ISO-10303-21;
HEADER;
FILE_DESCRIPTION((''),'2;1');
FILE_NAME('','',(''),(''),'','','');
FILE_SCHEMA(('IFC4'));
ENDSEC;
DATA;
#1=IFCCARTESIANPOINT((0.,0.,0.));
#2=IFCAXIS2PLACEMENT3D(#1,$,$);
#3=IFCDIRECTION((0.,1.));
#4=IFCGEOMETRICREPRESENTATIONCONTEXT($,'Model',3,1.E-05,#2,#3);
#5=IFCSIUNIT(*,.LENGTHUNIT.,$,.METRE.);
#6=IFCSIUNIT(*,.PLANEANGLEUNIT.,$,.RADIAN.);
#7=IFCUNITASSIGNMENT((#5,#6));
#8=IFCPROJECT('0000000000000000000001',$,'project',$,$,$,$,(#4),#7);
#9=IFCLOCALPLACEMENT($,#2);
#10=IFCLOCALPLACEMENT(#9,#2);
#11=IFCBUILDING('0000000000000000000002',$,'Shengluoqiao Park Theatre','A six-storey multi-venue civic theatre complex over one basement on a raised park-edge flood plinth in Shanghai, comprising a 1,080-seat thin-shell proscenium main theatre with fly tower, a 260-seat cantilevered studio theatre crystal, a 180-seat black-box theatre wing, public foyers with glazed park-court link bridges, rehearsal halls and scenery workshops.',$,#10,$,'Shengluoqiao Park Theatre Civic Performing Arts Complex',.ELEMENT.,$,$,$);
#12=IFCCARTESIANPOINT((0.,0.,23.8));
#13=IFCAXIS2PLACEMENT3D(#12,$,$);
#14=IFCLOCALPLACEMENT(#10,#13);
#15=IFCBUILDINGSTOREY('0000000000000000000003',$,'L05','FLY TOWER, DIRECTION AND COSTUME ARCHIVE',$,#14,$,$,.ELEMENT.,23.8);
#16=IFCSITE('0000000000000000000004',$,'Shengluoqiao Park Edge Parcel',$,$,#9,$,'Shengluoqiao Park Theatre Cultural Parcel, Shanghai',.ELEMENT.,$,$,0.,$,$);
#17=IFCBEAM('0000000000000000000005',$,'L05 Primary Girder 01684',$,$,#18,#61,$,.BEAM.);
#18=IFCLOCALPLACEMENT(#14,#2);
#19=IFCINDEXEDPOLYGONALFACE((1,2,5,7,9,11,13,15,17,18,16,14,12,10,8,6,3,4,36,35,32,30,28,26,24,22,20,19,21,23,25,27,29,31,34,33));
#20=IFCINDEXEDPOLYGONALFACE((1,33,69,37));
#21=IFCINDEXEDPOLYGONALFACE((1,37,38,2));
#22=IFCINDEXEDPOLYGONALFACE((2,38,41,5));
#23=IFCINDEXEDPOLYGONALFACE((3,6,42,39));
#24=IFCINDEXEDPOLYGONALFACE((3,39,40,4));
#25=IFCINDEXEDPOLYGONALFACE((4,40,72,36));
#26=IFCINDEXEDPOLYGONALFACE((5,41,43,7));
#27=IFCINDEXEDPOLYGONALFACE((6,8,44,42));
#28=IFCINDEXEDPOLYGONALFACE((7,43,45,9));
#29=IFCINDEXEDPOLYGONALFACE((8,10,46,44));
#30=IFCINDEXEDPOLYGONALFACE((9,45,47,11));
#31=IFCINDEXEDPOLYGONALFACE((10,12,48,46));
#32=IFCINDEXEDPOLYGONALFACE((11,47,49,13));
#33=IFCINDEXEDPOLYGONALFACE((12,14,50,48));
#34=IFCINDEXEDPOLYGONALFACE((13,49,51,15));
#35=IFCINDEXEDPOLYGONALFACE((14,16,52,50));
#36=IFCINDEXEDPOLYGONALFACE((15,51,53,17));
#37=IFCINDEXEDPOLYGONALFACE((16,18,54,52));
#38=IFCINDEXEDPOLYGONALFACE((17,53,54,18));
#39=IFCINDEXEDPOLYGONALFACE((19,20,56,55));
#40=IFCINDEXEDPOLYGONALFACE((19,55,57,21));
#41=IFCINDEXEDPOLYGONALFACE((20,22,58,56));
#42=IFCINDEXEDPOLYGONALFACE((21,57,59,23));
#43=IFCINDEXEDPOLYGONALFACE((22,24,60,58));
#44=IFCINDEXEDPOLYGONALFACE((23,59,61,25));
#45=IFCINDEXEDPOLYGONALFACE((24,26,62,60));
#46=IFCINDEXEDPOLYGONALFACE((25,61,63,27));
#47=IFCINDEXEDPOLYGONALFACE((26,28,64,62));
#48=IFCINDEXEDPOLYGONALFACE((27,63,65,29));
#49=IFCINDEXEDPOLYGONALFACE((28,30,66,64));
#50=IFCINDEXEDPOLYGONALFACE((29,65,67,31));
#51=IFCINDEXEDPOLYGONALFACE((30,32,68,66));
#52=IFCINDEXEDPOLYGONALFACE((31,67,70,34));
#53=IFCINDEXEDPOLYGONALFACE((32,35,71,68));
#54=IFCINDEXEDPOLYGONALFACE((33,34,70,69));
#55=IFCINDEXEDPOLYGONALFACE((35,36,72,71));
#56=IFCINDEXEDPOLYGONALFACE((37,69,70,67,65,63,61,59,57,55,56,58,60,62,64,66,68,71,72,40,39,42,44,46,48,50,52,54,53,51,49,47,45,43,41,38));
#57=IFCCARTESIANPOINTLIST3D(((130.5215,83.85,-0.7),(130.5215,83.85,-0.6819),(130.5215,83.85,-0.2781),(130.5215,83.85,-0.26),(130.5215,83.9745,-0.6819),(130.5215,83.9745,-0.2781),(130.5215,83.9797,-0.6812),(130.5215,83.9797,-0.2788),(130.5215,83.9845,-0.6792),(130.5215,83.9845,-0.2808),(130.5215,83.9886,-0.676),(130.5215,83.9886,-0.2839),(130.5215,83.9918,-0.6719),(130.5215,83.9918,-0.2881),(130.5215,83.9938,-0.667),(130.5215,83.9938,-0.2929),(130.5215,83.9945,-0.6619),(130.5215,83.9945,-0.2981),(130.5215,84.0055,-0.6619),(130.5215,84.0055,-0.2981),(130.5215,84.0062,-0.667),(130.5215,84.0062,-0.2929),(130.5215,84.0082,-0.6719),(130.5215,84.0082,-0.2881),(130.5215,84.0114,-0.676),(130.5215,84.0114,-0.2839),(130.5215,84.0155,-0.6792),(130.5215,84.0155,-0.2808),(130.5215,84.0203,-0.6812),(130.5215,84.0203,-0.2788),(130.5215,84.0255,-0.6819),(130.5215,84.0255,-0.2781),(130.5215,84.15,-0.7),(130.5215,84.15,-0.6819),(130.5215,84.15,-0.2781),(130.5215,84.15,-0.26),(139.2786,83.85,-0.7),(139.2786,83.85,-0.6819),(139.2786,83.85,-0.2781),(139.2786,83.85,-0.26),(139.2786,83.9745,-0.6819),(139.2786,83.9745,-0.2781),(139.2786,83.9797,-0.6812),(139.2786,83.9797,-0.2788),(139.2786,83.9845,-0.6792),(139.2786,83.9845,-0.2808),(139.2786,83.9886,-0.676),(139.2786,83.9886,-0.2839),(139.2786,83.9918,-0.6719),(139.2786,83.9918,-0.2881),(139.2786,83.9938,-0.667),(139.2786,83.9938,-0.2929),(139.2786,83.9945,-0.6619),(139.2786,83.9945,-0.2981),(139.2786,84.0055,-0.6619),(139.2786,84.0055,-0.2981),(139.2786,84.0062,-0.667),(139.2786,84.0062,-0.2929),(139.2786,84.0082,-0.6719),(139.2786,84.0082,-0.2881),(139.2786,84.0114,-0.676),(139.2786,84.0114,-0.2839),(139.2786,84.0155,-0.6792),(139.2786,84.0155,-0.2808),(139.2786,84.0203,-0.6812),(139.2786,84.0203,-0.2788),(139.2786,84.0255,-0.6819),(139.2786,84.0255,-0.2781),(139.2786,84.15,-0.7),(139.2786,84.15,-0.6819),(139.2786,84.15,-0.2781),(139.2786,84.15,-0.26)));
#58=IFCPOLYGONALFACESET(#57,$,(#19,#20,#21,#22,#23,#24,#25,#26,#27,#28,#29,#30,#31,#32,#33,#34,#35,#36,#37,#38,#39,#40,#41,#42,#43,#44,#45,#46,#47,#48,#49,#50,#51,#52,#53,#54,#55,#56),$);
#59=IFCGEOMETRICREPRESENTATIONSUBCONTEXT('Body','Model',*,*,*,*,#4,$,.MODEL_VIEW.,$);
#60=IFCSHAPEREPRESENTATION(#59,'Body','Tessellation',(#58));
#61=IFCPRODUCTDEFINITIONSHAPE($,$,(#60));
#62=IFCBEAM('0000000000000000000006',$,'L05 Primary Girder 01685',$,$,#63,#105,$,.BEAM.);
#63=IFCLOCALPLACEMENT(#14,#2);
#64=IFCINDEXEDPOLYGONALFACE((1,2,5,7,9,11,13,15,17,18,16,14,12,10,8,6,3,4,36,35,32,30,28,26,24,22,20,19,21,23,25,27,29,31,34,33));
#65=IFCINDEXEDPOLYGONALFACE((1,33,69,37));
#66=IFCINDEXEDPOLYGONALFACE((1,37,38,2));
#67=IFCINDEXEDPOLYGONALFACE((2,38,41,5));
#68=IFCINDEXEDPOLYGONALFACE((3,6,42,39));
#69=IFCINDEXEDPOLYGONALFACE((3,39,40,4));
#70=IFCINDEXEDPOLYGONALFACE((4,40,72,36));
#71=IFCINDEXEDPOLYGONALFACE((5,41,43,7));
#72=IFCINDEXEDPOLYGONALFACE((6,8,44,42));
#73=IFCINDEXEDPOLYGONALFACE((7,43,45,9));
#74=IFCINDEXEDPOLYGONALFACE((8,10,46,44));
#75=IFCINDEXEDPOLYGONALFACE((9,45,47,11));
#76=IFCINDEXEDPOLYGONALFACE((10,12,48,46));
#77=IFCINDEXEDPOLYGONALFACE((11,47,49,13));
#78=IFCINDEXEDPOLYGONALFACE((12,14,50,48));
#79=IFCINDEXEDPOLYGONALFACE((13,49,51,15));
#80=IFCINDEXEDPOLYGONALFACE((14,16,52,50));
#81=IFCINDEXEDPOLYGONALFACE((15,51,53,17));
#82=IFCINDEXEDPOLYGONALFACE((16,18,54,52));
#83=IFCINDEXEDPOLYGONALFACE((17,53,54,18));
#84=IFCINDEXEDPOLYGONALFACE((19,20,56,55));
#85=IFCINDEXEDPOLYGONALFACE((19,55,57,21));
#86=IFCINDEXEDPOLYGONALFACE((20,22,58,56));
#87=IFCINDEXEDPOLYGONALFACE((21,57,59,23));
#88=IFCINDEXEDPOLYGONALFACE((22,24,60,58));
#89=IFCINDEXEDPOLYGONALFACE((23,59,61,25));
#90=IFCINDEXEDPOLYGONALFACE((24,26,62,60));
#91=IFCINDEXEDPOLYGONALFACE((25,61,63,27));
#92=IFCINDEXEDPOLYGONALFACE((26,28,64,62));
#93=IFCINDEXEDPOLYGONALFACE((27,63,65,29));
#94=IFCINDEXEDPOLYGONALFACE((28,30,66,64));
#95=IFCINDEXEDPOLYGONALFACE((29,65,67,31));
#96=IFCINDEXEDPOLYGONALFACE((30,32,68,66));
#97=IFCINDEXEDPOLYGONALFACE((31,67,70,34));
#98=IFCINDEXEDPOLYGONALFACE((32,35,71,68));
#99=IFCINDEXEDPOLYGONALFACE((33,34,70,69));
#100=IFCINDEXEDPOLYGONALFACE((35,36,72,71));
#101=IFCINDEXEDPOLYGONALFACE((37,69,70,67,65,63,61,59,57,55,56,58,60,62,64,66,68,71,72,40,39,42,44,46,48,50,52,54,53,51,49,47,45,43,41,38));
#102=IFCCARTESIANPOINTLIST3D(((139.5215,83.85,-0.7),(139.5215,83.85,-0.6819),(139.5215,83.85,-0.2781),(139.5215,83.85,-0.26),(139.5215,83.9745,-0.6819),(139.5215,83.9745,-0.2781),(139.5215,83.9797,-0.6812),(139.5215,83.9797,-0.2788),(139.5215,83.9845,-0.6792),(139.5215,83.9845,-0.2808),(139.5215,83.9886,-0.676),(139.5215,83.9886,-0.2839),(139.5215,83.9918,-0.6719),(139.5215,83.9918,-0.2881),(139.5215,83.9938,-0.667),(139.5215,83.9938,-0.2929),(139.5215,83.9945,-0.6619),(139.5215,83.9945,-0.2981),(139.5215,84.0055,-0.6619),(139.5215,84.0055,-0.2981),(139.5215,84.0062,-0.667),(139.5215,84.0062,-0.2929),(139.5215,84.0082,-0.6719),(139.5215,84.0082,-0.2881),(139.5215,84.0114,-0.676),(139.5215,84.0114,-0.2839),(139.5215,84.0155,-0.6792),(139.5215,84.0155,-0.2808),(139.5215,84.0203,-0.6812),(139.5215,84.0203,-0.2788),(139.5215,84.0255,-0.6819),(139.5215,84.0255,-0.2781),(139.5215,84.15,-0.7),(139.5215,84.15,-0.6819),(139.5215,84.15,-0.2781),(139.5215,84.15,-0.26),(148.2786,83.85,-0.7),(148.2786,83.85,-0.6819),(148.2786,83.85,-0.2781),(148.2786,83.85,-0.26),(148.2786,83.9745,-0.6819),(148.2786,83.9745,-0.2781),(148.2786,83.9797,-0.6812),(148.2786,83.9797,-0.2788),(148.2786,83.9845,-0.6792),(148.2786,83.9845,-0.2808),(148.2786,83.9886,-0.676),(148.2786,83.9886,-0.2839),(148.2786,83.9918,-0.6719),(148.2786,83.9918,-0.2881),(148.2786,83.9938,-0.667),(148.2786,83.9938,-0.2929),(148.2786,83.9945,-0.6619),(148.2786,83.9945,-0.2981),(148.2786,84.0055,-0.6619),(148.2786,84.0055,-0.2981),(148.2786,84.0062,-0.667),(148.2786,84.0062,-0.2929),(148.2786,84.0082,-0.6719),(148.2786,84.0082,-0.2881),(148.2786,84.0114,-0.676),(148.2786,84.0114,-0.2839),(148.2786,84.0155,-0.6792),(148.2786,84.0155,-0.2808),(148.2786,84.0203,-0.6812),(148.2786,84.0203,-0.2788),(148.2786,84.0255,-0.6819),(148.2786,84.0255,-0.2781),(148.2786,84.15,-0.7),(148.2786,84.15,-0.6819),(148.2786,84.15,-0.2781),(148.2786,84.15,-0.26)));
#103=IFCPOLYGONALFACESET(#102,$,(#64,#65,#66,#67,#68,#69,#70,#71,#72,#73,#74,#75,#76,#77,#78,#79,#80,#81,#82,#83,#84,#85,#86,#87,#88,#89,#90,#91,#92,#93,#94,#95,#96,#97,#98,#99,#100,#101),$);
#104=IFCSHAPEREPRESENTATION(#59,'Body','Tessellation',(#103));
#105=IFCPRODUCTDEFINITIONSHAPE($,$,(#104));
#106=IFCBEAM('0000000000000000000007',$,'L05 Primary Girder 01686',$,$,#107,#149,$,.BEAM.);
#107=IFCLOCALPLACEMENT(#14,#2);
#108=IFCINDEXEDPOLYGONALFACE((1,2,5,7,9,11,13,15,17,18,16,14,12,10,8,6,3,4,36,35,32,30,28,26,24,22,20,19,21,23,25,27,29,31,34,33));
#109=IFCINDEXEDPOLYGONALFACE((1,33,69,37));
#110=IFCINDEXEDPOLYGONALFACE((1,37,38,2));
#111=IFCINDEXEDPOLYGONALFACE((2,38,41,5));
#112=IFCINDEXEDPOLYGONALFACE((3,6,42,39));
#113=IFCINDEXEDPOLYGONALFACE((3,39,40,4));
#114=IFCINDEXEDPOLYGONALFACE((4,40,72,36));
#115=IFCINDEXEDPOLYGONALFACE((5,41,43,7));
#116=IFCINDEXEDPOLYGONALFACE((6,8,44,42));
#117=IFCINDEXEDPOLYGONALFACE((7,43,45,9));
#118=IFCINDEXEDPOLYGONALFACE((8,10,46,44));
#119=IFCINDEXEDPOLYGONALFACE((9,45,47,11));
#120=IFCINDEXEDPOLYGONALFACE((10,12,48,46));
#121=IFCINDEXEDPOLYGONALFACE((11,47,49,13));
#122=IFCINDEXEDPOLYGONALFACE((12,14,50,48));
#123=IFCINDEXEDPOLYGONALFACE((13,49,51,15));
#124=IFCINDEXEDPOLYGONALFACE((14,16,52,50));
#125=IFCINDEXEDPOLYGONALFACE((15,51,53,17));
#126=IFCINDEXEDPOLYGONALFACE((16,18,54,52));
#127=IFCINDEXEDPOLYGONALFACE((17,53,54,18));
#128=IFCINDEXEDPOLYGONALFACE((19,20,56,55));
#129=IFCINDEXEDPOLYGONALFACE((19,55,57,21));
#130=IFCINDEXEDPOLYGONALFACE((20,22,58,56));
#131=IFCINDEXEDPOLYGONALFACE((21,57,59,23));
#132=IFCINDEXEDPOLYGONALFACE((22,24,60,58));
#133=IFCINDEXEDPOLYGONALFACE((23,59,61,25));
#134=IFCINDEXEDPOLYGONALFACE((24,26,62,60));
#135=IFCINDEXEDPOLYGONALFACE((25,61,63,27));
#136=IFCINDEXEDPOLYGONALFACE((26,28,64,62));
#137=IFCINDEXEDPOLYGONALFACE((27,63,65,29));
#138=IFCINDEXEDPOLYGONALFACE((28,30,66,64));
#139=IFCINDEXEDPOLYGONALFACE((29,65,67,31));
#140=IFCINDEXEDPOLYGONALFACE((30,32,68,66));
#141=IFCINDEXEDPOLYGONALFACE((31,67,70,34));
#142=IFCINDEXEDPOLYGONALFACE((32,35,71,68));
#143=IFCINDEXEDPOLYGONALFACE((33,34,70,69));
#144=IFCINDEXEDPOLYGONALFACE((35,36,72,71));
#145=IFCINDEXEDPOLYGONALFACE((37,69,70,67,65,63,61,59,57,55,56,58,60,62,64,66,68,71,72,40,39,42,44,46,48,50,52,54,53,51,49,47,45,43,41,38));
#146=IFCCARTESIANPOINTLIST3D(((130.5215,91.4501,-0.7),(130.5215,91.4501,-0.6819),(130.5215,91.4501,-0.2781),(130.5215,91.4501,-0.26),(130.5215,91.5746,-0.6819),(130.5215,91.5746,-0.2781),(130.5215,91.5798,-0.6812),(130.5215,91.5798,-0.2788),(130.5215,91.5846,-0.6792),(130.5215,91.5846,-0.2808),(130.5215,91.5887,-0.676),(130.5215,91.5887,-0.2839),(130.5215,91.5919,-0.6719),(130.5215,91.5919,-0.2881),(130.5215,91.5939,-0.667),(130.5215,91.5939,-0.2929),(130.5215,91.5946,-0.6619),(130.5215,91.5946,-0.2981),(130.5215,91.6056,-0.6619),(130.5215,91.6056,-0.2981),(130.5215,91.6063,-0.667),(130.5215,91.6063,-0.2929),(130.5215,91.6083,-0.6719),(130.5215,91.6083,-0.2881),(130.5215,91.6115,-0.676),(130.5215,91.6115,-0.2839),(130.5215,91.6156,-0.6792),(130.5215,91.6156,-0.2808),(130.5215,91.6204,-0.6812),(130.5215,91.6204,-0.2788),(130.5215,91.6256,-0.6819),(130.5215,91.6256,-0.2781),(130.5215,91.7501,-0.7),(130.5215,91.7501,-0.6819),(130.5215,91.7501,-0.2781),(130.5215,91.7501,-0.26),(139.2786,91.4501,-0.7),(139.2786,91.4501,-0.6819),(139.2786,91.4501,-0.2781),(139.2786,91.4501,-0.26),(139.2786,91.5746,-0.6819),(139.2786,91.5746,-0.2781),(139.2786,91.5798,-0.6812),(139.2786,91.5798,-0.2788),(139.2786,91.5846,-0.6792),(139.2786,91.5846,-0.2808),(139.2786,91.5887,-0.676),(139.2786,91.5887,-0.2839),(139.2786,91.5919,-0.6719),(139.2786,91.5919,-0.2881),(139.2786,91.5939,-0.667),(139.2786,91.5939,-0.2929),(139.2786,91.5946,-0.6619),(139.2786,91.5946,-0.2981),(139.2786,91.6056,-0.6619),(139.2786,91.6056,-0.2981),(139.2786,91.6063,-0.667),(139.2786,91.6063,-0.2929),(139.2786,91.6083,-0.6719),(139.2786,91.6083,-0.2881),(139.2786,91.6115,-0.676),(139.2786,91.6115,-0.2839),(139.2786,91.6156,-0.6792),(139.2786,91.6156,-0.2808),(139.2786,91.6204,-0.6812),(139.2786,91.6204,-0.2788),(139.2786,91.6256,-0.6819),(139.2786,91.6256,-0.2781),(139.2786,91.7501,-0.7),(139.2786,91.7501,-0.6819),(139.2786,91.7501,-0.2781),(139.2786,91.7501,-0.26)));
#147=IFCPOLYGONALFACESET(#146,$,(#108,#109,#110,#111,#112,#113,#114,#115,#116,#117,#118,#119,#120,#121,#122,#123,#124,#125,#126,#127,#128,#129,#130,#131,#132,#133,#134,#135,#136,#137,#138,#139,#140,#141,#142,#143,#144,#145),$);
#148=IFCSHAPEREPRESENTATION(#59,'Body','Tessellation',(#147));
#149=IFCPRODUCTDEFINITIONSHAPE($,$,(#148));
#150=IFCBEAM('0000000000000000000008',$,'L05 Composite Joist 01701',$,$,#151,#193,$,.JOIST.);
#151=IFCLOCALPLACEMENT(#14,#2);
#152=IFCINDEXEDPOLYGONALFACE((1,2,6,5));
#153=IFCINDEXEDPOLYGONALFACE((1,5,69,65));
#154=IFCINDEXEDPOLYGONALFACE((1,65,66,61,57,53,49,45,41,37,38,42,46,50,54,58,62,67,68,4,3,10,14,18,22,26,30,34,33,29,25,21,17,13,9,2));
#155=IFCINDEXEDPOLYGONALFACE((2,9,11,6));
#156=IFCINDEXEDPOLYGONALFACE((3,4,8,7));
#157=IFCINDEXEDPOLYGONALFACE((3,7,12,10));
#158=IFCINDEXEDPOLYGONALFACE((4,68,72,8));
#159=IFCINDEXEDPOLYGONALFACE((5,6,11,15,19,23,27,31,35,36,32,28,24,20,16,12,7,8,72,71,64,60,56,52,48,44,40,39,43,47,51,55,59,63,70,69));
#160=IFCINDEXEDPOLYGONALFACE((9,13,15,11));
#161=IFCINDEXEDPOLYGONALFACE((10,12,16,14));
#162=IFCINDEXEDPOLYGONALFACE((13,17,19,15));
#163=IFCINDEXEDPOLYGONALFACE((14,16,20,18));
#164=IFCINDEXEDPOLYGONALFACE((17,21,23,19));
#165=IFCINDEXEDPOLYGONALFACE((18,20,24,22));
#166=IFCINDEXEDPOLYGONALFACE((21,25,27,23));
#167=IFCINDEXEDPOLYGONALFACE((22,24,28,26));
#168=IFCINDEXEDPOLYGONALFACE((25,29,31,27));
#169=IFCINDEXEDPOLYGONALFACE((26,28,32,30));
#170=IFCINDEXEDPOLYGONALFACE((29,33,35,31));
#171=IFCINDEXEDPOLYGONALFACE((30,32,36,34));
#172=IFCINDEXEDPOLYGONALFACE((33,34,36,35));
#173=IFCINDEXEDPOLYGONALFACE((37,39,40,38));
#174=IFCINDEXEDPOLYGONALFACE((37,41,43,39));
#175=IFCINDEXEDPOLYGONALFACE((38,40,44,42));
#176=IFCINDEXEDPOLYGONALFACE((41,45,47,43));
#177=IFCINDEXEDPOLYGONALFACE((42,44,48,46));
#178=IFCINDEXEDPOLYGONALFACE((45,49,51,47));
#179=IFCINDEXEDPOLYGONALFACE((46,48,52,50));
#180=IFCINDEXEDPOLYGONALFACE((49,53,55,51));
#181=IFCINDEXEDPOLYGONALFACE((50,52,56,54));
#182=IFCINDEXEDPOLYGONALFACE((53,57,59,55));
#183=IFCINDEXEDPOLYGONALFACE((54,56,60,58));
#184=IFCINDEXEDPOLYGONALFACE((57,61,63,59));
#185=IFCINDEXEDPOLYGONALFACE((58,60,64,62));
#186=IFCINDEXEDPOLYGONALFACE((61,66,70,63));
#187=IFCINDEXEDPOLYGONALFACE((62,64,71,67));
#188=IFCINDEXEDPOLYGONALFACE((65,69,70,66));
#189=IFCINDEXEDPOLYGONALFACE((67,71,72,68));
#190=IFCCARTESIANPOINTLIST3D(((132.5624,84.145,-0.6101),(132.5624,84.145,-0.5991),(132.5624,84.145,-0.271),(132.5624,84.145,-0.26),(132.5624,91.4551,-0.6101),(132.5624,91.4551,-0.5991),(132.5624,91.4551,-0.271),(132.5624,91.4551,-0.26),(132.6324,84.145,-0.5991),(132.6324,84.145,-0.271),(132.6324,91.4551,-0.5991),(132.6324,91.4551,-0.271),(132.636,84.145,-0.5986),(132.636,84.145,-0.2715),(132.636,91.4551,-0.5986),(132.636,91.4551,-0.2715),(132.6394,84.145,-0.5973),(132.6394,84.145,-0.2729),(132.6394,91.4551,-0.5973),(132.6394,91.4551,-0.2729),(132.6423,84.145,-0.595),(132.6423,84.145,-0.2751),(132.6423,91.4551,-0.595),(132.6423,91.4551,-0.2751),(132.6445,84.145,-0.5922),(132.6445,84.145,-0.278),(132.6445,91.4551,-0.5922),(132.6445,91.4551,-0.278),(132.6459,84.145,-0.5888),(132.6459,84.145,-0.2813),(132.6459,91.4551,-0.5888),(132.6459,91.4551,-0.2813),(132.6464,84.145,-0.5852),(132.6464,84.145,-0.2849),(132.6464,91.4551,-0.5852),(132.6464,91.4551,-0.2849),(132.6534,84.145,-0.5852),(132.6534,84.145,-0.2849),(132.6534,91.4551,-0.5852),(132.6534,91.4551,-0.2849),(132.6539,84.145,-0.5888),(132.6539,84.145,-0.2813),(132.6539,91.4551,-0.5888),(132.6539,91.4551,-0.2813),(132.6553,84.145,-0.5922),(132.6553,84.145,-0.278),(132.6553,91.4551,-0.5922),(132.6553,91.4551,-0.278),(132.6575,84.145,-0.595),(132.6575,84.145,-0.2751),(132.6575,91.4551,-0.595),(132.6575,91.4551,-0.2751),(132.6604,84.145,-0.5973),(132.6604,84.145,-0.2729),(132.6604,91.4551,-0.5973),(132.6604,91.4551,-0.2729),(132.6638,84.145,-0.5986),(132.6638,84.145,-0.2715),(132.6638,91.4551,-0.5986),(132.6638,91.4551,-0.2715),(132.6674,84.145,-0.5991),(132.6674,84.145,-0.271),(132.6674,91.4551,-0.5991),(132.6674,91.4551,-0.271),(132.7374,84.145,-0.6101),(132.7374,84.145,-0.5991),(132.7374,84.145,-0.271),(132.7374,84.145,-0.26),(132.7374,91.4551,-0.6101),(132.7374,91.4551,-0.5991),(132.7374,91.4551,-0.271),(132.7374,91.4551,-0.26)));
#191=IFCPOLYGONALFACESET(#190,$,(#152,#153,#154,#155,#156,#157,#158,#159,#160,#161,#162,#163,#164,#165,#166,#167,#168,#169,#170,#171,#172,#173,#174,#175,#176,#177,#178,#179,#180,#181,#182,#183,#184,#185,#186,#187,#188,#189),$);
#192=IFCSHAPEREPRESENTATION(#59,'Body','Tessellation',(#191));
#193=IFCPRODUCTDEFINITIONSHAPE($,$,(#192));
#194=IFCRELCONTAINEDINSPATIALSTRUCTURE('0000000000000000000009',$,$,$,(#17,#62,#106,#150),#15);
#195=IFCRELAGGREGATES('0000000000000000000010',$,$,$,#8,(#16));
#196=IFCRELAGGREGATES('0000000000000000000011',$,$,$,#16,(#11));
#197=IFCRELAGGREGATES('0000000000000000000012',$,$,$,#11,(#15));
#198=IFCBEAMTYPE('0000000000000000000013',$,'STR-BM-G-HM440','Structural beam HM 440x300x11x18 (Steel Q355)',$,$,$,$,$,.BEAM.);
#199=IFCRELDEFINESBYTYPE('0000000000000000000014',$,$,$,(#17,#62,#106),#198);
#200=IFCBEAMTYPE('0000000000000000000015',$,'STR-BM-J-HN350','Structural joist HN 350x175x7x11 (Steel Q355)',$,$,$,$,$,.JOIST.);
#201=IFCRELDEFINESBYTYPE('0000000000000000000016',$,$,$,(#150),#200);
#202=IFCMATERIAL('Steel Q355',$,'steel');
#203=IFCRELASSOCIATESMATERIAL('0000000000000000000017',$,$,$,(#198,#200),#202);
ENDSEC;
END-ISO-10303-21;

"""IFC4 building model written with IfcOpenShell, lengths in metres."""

from ifc_helpers import new_model, si_unit, direction, frame, origin, origin_2d, place, context, subcontext, project, spatial, i_section, extrude, material, material_profile, profile_set, type_object, element, save


model = new_model("IFC4")

# Units and contexts
model_context = context("Model", 3, precision=1e-05, world=origin(), true_north=direction((0.0, 1.0)))
body_context = subcontext(model_context, "Body", "Model", "MODEL_VIEW")
ifc_project = project(units=[si_unit("LENGTHUNIT", "METRE"), si_unit("PLANEANGLEUNIT", "RADIAN")], contexts=[model_context])

# Site, building, storey
site_placement = place(None, origin())
site = spatial("IfcSite", under=ifc_project, at=site_placement, Name="Shengluoqiao Park Edge Parcel", LongName="Shengluoqiao Park Theatre Cultural Parcel, Shanghai", CompositionType="ELEMENT", RefElevation=0.0)
building_placement = place(site_placement, origin())
building = spatial("IfcBuilding", under=site, at=building_placement, Name="Shengluoqiao Park Theatre", Description="A six-storey multi-venue civic theatre complex over one basement on a raised park-edge flood plinth in Shanghai, comprising a 1,080-seat thin-shell proscenium main theatre with fly tower, a 260-seat cantilevered studio theatre crystal, a 180-seat black-box theatre wing, public foyers with glazed park-court link bridges, rehearsal halls and scenery workshops.", LongName="Shengluoqiao Park Theatre Civic Performing Arts Complex", CompositionType="ELEMENT")
storey_placement = place(building_placement, frame((0.0, 0.0, 23.8)))
storey = spatial("IfcBuildingStorey", under=building, at=storey_placement, Name="L05", Description="FLY TOWER, DIRECTION AND COSTUME ARCHIVE", CompositionType="ELEMENT", Elevation=23.8)

# Shared definitions
ifc_material_1 = material(Name="Steel Q355", Category="steel")

# Beams
ifc_material_profile_1 = material_profile(ifc_material_1, i_section(OverallWidth=0.3, OverallDepth=0.4399, WebThickness=0.011, FlangeThickness=0.0181, FilletRadius=0.02, at=origin_2d()), Name="HM 440x300x11x18")
ifc_profile_set_1 = profile_set([ifc_material_profile_1], Name="Steel Q355")
beam_type_1 = type_object("IfcBeamType", Name="STR-BM-G-HM440", Description="Structural beam HM 440x300x11x18 (Steel Q355)", PredefinedType="BEAM", material=ifc_profile_set_1)
for number, where, z_axis, x_axis, name in (
    (1, (130.5215, 84.0, -0.48), (1.0, 0.0, 0.0), (0.0, 1.0, 0.0), "L05 Primary Girder 01684"),
    (2, (139.5215, 84.0, -0.48), (1.0, 0.0, 0.0), (0.0, 1.0, 0.0), "L05 Primary Girder 01685"),
    (3, (130.5215, 91.6001, -0.48), (1.0, 0.0, 0.0), (0.0, 1.0, 0.0), "L05 Primary Girder 01686"),
):
    element("IfcBeam", number, at=place(storey_placement, frame(where, z_axis=z_axis, x_axis=x_axis)), inside=storey, type_object=beam_type_1, Name=name, PredefinedType="BEAM", context=body_context, shape_type="SweptSolid", body=[
        extrude(i_section(OverallWidth=0.3, OverallDepth=0.4399, WebThickness=0.011, FlangeThickness=0.0181, FilletRadius=0.02, at=origin_2d()), origin(), (0.0, 0.0, 1.0), 8.7571),
    ])
ifc_material_profile_2 = material_profile(ifc_material_1, i_section(OverallWidth=0.175, OverallDepth=0.3501, WebThickness=0.0071, FlangeThickness=0.011, FilletRadius=0.0139, at=origin_2d()), Name="HN 350x175x7x11")
ifc_profile_set_2 = profile_set([ifc_material_profile_2], Name="Steel Q355")
beam_type_2 = type_object("IfcBeamType", Name="STR-BM-J-HN350", Description="Structural joist HN 350x175x7x11 (Steel Q355)", PredefinedType="JOIST", material=ifc_profile_set_2)
for number, where, z_axis, x_axis, name in (
    (4, (132.6499, 84.145, -0.4351), (0.0, 1.0, 0.0), (-1.0, 0.0, 0.0), "L05 Composite Joist 01701"),
):
    element("IfcBeam", number, at=place(storey_placement, frame(where, z_axis=z_axis, x_axis=x_axis)), inside=storey, type_object=beam_type_2, Name=name, PredefinedType="JOIST", context=body_context, shape_type="SweptSolid", body=[
        extrude(i_section(OverallWidth=0.175, OverallDepth=0.3501, WebThickness=0.0071, FlangeThickness=0.011, FilletRadius=0.0139, at=origin_2d()), origin(), (0.0, 0.0, 1.0), 7.3101),
    ])

save(model, "model.ifc")
